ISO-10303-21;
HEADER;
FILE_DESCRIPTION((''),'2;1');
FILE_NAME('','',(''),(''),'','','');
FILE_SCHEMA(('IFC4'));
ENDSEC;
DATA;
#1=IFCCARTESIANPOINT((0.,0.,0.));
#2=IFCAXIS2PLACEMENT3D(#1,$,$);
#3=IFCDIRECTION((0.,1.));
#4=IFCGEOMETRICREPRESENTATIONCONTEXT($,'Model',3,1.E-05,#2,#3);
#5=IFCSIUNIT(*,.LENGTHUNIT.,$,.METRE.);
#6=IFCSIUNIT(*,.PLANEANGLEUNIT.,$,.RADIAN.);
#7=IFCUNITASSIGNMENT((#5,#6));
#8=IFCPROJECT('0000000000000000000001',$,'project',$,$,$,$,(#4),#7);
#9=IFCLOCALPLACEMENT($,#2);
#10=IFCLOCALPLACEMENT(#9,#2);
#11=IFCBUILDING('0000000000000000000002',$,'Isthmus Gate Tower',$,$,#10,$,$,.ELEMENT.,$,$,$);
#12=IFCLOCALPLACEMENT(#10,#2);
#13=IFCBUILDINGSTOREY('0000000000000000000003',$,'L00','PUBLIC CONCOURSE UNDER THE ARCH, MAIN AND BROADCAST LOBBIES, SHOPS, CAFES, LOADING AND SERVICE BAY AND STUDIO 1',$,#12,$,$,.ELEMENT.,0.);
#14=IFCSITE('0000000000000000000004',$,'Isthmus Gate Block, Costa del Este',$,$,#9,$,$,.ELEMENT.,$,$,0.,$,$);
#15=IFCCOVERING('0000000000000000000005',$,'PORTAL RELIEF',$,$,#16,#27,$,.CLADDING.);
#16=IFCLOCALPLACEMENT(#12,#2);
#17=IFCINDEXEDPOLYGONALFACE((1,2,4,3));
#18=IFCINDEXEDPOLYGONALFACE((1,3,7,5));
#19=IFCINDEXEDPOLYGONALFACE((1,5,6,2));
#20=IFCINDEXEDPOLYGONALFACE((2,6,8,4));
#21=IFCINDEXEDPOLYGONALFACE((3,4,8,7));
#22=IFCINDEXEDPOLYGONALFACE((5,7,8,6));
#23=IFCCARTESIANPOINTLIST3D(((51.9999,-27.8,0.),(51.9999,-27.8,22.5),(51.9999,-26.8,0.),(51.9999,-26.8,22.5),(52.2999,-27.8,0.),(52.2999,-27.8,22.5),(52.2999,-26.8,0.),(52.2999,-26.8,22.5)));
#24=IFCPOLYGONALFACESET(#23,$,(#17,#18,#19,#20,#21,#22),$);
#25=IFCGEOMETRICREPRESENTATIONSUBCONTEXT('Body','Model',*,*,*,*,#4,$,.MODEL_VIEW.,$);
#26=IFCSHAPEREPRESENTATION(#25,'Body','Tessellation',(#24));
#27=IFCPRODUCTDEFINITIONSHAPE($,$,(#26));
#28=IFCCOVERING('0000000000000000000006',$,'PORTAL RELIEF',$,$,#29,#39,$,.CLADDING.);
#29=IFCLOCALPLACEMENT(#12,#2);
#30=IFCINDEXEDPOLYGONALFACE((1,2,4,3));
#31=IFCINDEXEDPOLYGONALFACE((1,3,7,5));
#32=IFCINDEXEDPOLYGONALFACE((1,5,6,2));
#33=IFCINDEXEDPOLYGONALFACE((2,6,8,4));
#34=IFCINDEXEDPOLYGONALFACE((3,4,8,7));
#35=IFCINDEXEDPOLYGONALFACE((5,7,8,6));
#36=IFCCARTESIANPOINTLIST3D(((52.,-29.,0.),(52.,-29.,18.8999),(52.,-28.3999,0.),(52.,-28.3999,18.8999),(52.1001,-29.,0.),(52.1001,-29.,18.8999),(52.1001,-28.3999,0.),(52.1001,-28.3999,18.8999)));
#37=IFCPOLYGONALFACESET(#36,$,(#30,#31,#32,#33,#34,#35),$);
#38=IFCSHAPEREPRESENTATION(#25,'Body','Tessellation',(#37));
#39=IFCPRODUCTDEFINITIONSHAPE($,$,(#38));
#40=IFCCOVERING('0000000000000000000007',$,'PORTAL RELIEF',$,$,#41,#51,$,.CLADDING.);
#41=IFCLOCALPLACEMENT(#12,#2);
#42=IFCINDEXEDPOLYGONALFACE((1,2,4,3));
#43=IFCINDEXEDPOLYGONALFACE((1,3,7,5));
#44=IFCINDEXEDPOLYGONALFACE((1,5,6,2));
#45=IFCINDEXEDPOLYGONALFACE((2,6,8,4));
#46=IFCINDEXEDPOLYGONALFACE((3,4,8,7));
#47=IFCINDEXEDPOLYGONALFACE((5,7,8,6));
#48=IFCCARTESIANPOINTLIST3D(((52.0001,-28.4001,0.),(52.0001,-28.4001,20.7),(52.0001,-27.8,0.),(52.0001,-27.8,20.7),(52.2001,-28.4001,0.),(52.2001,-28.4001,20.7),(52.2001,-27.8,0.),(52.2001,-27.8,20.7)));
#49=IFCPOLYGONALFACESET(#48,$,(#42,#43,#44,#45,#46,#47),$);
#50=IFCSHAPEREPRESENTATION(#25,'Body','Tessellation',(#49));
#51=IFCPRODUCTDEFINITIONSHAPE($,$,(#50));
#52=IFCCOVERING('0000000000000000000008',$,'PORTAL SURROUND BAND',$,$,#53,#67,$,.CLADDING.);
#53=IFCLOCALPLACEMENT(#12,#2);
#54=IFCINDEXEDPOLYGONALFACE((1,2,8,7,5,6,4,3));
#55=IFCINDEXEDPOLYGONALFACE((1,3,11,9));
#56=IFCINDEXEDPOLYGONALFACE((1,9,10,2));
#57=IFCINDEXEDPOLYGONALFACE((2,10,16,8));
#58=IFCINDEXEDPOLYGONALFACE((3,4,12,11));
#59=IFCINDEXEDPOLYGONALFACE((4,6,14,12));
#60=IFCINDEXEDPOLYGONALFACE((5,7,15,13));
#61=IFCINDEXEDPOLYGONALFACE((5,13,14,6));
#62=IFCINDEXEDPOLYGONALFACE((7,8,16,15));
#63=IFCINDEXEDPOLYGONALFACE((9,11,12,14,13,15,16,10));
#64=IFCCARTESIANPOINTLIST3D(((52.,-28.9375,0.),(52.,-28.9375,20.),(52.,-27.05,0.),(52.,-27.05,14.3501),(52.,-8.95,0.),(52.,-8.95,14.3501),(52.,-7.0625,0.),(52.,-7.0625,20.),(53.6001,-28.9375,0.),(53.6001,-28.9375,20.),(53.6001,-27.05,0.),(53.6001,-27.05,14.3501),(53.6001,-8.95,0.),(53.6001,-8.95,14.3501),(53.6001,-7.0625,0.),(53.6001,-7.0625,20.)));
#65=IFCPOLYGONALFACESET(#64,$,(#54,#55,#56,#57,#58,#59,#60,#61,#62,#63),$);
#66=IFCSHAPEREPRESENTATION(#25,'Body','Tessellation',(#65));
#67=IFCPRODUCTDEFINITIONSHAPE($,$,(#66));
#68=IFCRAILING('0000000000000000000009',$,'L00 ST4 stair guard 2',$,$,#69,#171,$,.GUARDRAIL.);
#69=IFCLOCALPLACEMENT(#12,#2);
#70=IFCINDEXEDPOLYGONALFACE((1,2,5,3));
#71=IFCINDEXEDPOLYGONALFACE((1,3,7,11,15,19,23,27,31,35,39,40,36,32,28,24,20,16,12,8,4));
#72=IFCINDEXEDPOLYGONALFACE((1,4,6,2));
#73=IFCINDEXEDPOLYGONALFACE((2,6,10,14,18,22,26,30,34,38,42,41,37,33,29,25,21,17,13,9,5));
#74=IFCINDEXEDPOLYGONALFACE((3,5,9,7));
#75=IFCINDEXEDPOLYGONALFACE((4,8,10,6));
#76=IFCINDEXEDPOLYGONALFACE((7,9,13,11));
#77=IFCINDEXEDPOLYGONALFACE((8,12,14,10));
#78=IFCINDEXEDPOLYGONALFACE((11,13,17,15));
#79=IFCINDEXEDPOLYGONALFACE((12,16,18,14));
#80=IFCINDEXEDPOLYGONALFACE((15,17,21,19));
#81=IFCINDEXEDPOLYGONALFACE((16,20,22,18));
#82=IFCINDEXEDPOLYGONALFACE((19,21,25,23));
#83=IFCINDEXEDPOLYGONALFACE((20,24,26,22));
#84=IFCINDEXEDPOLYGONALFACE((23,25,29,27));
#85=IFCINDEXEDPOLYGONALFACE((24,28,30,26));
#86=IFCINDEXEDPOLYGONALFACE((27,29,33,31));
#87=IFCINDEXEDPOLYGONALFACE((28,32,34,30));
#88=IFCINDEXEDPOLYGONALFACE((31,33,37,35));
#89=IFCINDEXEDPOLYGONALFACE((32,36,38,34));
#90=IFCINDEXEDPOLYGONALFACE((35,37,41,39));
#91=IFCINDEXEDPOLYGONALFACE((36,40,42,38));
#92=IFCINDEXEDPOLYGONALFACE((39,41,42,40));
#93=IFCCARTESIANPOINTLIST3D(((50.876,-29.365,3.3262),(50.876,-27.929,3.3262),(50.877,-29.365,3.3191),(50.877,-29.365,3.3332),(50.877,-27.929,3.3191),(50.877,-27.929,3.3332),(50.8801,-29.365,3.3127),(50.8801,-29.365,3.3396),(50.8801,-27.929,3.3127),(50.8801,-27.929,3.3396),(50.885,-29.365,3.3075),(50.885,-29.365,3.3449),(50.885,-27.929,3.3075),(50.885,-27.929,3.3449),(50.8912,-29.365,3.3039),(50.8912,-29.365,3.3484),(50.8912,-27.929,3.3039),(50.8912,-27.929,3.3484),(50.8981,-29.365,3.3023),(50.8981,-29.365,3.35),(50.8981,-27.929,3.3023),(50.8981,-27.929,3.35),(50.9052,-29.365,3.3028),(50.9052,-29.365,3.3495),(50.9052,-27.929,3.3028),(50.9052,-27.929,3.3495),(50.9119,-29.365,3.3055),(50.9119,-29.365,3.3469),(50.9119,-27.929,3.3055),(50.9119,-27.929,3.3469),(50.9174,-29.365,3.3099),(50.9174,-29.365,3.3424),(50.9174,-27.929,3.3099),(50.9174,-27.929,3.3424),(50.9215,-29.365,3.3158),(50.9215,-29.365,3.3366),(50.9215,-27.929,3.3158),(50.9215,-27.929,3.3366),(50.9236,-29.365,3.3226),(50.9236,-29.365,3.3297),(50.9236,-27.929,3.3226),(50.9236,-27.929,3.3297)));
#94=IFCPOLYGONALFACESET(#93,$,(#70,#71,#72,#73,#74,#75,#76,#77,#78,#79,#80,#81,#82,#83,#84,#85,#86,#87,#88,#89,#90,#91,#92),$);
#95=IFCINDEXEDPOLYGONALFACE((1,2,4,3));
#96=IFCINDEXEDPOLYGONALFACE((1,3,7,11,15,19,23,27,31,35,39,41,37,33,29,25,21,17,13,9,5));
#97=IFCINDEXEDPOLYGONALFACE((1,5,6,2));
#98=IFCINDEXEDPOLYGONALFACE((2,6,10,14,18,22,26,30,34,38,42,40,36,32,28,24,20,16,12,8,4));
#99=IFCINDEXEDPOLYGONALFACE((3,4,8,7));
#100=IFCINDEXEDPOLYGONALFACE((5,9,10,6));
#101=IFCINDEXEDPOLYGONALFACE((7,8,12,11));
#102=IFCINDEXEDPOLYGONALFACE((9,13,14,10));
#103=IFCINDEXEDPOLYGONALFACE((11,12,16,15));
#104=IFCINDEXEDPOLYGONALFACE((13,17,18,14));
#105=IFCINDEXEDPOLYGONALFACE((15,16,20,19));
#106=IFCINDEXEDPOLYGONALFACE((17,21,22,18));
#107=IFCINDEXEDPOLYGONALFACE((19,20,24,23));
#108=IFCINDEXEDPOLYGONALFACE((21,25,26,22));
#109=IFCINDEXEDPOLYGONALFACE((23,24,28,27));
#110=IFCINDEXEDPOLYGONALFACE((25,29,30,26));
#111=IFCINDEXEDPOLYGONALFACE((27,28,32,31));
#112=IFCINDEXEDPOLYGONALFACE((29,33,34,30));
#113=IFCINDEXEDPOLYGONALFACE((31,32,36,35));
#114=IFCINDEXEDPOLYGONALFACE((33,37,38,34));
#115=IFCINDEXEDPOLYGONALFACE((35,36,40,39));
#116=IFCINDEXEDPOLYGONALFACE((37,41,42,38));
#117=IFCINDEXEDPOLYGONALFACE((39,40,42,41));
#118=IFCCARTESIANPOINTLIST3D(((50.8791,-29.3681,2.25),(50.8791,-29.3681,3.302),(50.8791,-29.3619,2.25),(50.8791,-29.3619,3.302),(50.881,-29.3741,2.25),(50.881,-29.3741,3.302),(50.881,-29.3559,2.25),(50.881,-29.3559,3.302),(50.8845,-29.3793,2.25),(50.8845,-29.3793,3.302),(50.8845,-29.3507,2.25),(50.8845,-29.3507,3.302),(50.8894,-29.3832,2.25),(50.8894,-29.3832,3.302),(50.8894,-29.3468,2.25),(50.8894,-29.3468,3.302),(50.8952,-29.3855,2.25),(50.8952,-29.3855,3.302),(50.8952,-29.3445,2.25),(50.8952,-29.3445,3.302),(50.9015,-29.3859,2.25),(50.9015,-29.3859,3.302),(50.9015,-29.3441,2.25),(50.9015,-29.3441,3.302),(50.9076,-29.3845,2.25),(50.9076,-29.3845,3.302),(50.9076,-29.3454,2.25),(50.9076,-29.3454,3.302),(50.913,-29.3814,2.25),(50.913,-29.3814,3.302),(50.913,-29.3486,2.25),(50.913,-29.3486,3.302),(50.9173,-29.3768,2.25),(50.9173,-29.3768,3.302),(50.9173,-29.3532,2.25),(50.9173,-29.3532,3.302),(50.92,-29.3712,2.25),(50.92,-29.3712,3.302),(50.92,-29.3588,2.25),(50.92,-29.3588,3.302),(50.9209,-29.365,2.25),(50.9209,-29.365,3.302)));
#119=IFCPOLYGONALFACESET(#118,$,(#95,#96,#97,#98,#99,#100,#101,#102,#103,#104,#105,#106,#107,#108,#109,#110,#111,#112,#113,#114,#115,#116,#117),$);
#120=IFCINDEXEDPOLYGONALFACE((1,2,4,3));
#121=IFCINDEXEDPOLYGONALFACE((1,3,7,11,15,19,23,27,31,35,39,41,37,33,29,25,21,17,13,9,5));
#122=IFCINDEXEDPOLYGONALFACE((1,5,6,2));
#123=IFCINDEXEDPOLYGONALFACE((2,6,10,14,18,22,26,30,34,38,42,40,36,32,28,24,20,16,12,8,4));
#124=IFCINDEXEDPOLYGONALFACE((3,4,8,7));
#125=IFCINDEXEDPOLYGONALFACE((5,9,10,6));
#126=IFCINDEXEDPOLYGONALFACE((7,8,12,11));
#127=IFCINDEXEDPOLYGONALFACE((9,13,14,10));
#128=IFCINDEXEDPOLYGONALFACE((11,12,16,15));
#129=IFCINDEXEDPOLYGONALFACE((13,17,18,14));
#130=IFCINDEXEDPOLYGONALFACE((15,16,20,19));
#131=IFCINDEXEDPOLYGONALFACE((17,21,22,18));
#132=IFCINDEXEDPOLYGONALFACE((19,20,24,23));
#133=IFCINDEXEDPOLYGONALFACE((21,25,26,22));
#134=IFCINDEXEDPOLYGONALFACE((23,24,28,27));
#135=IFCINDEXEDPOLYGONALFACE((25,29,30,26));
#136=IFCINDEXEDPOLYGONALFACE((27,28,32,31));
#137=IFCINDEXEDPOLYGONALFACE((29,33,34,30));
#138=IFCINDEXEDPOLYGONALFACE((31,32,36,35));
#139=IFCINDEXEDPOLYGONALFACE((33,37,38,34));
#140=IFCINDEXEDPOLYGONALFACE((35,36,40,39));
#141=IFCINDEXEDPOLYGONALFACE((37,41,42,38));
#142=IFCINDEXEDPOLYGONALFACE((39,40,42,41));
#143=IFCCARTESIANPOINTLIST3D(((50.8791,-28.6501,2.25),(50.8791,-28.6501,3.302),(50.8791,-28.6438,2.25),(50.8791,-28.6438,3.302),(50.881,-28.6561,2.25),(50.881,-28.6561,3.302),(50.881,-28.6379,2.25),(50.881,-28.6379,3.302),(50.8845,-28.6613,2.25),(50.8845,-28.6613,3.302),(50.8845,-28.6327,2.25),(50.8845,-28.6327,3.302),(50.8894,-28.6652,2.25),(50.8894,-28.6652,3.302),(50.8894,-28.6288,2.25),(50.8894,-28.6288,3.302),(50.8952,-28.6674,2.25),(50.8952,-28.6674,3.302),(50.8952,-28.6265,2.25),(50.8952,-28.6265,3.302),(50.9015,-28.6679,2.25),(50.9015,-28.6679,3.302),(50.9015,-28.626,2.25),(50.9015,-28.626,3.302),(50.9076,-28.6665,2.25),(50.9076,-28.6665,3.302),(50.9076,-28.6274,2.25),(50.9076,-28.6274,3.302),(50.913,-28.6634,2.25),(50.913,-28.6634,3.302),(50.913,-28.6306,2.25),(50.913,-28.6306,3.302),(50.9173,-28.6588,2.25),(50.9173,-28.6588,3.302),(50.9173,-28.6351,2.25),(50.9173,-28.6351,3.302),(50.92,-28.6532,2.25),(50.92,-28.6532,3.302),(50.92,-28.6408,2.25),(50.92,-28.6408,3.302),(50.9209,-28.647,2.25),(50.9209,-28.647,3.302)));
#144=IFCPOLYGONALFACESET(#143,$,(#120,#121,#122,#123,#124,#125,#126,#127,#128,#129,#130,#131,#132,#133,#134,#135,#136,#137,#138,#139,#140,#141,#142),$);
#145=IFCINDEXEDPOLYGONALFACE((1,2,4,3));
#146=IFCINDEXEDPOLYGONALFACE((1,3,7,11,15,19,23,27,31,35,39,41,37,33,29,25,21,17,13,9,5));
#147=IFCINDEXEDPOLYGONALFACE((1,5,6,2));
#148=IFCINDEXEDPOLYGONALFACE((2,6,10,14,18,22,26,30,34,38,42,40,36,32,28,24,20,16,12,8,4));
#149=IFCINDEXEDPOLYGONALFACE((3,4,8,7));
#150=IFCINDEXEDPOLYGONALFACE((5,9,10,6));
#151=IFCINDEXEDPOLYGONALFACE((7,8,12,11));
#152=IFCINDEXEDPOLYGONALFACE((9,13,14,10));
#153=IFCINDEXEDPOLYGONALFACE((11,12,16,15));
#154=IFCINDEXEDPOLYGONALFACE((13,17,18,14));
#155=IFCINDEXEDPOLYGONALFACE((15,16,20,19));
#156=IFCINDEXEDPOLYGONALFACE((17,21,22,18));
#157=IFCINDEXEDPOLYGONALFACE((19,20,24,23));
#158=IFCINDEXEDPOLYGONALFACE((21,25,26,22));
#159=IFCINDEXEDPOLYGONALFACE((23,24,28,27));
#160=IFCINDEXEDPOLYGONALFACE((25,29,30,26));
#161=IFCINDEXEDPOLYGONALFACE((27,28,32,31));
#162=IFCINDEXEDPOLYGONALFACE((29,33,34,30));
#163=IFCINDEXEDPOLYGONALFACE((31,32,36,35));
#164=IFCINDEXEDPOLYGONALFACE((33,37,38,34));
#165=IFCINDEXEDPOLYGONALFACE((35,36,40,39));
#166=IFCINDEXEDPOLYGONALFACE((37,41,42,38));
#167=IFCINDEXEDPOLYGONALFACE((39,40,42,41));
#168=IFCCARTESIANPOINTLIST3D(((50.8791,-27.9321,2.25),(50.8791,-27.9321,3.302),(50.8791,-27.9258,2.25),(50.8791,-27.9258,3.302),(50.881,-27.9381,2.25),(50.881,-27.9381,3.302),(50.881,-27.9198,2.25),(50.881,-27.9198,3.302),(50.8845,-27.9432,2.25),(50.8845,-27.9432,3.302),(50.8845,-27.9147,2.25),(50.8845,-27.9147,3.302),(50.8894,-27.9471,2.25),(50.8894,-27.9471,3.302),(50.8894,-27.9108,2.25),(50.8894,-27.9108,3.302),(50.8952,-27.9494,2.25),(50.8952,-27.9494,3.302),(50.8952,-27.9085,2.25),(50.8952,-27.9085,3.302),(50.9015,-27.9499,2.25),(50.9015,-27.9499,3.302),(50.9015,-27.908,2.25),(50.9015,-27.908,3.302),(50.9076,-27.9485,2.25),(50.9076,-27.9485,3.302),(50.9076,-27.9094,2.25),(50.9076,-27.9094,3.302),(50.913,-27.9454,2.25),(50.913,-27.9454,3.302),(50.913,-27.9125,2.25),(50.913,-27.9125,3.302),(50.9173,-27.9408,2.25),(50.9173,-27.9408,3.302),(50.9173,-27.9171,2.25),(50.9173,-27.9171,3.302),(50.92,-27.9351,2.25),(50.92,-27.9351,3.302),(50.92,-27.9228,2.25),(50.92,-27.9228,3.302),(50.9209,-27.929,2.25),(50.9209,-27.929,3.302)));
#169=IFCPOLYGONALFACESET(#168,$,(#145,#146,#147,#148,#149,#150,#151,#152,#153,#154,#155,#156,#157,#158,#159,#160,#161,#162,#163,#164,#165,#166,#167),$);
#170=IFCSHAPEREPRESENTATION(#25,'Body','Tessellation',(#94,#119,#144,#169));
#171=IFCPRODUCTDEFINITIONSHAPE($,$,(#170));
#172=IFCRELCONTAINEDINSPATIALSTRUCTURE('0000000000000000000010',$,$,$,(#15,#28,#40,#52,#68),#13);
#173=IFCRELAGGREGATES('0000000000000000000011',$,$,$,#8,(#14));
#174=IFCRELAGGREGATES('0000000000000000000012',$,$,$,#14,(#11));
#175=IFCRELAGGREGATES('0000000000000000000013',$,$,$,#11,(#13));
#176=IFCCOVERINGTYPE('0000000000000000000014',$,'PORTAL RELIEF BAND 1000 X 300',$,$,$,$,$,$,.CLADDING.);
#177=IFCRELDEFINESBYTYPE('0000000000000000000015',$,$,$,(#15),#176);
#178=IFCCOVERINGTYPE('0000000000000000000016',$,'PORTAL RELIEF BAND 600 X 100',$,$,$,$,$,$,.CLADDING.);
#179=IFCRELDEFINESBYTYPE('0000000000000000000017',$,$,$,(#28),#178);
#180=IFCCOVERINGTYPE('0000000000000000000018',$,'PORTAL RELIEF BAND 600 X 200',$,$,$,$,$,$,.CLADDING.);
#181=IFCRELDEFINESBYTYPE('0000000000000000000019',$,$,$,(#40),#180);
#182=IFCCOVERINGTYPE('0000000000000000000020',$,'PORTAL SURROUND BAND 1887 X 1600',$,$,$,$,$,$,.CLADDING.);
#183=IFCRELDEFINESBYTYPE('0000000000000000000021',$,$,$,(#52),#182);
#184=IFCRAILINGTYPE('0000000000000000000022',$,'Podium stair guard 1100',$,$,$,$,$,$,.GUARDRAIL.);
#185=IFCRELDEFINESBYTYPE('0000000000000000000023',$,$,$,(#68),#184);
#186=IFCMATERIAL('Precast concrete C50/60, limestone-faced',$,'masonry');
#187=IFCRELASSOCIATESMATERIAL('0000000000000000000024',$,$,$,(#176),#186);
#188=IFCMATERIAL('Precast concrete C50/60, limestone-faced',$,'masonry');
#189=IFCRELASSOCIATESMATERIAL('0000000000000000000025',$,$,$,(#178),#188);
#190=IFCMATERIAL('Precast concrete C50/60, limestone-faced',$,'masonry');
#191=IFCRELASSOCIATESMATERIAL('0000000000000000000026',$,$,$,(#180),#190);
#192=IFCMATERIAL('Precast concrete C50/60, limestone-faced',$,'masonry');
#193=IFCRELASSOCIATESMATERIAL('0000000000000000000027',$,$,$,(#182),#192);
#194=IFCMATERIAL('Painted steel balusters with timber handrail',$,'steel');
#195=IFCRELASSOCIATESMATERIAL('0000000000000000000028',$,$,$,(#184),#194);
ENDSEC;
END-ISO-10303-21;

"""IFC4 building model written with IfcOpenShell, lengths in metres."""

from ifc_helpers import new_model, si_unit, direction, frame, origin, origin_2d, place, context, subcontext, project, spatial, polyline, rectangle, circle, outline, extrude, material, type_object, element, save


model = new_model("IFC4")

# Units and contexts
model_context = context("Model", 3, precision=1e-05, world=origin(), true_north=direction((0.0, 1.0)))
body_context = subcontext(model_context, "Body", "Model", "MODEL_VIEW")
ifc_project = project(units=[si_unit("LENGTHUNIT", "METRE"), si_unit("PLANEANGLEUNIT", "RADIAN")], contexts=[model_context])

# Site, building, storey
site_placement = place(None, origin())
site = spatial("IfcSite", under=ifc_project, at=site_placement, Name="Isthmus Gate Block, Costa del Este", CompositionType="ELEMENT", RefElevation=0.0)
building_placement = place(site_placement, origin())
building = spatial("IfcBuilding", under=site, at=building_placement, Name="Isthmus Gate Tower", CompositionType="ELEMENT")
storey_placement = place(building_placement, origin())
storey = spatial("IfcBuildingStorey", under=building, at=storey_placement, Name="L00", Description="PUBLIC CONCOURSE UNDER THE ARCH, MAIN AND BROADCAST LOBBIES, SHOPS, CAFES, LOADING AND SERVICE BAY AND STUDIO 1", CompositionType="ELEMENT", Elevation=0.0)

# Coverings
ifc_material_1 = material(Name="Precast concrete C50/60, limestone-faced", Category="masonry")
covering_type_1 = type_object("IfcCoveringType", Name="PORTAL RELIEF BAND 1000 X 300", PredefinedType="CLADDING", material=ifc_material_1)
covering_1_placement = place(storey_placement, frame((52.1499, -27.3, 0.0), z_axis=(0.0, 0.0, 1.0), x_axis=(1.0, 0.0, 0.0)))
element("IfcCovering", 1, at=covering_1_placement, inside=storey, type_object=covering_type_1, Name="PORTAL RELIEF", PredefinedType="CLADDING", context=body_context, shape_type="SweptSolid", body=[
    extrude(rectangle(XDim=0.3, YDim=1.0, at=origin_2d()), origin(), (0.0, 0.0, 1.0), 22.5),
])
ifc_material_2 = material(Name="Precast concrete C50/60, limestone-faced", Category="masonry")
covering_type_2 = type_object("IfcCoveringType", Name="PORTAL RELIEF BAND 600 X 100", PredefinedType="CLADDING", material=ifc_material_2)
covering_2_placement = place(storey_placement, frame((52.05, -28.7, 0.0), z_axis=(0.0, 0.0, 1.0), x_axis=(1.0, 0.0, 0.0)))
element("IfcCovering", 2, at=covering_2_placement, inside=storey, type_object=covering_type_2, Name="PORTAL RELIEF", PredefinedType="CLADDING", context=body_context, shape_type="SweptSolid", body=[
    extrude(rectangle(XDim=0.1001, YDim=0.6001, at=origin_2d()), origin(), (0.0, 0.0, 1.0), 18.8999),
])
ifc_material_3 = material(Name="Precast concrete C50/60, limestone-faced", Category="masonry")
covering_type_3 = type_object("IfcCoveringType", Name="PORTAL RELIEF BAND 600 X 200", PredefinedType="CLADDING", material=ifc_material_3)
covering_3_placement = place(storey_placement, frame((52.1001, -28.1001, 0.0), z_axis=(0.0, 0.0, 1.0), x_axis=(1.0, 0.0, 0.0)))
element("IfcCovering", 3, at=covering_3_placement, inside=storey, type_object=covering_type_3, Name="PORTAL RELIEF", PredefinedType="CLADDING", context=body_context, shape_type="SweptSolid", body=[
    extrude(rectangle(XDim=0.2, YDim=0.6001, at=origin_2d()), origin(), (0.0, 0.0, 1.0), 20.7),
])
ifc_material_4 = material(Name="Precast concrete C50/60, limestone-faced", Category="masonry")
covering_type_4 = type_object("IfcCoveringType", Name="PORTAL SURROUND BAND 1887 X 1600", PredefinedType="CLADDING", material=ifc_material_4)
covering_4_placement = place(storey_placement, frame((53.6001, -28.9375, 0.0), z_axis=(1.0, 0.0, 0.0), x_axis=(0.0, 1.0, 0.0)))
element("IfcCovering", 4, at=covering_4_placement, inside=storey, type_object=covering_type_4, Name="PORTAL SURROUND BAND", PredefinedType="CLADDING", context=body_context, shape_type="SweptSolid", body=[
    extrude(outline(polyline([(0.0, 0.0), (1.8875, 0.0), (1.8875, 14.3501), (19.9875, 14.3501), (19.9875, 0.0), (21.875, 0.0), (21.875, 20.0), (0.0, 20.0), (0.0, 0.0)])), origin(), (0.0, 0.0, -1.0), 1.6001),
])

# Railing
ifc_material_5 = material(Name="Painted steel balusters with timber handrail", Category="steel")
railing_type = type_object("IfcRailingType", Name="Podium stair guard 1100", PredefinedType="GUARDRAIL", material=ifc_material_5)
for number, where, name in (
    (5, (50.8999, -29.365, 2.25), "L00 ST4 stair guard 2"),
):
    element("IfcRailing", number, at=place(storey_placement, frame(where)), inside=storey, type_object=railing_type, Name=name, PredefinedType="GUARDRAIL", context=body_context, shape_type="SweptSolid", body=[
        extrude(circle(Radius=0.0239, at=origin_2d()), frame((0.0, 0.0, 1.0762), z_axis=(0.0, 1.0, 0.0), x_axis=(-1.0, 0.0, 0.0)), (0.0, 0.0, 1.0), 1.436),
        extrude(circle(Radius=0.021, at=origin_2d()), origin(), (0.0, 0.0, 1.0), 1.052),
        extrude(circle(Radius=0.021, at=origin_2d()), frame((0.0, 0.718, 0.0)), (0.0, 0.0, 1.0), 1.052),
        extrude(circle(Radius=0.021, at=origin_2d()), frame((0.0, 1.436, 0.0)), (0.0, 0.0, 1.0), 1.052),
    ])

save(model, "model.ifc")
